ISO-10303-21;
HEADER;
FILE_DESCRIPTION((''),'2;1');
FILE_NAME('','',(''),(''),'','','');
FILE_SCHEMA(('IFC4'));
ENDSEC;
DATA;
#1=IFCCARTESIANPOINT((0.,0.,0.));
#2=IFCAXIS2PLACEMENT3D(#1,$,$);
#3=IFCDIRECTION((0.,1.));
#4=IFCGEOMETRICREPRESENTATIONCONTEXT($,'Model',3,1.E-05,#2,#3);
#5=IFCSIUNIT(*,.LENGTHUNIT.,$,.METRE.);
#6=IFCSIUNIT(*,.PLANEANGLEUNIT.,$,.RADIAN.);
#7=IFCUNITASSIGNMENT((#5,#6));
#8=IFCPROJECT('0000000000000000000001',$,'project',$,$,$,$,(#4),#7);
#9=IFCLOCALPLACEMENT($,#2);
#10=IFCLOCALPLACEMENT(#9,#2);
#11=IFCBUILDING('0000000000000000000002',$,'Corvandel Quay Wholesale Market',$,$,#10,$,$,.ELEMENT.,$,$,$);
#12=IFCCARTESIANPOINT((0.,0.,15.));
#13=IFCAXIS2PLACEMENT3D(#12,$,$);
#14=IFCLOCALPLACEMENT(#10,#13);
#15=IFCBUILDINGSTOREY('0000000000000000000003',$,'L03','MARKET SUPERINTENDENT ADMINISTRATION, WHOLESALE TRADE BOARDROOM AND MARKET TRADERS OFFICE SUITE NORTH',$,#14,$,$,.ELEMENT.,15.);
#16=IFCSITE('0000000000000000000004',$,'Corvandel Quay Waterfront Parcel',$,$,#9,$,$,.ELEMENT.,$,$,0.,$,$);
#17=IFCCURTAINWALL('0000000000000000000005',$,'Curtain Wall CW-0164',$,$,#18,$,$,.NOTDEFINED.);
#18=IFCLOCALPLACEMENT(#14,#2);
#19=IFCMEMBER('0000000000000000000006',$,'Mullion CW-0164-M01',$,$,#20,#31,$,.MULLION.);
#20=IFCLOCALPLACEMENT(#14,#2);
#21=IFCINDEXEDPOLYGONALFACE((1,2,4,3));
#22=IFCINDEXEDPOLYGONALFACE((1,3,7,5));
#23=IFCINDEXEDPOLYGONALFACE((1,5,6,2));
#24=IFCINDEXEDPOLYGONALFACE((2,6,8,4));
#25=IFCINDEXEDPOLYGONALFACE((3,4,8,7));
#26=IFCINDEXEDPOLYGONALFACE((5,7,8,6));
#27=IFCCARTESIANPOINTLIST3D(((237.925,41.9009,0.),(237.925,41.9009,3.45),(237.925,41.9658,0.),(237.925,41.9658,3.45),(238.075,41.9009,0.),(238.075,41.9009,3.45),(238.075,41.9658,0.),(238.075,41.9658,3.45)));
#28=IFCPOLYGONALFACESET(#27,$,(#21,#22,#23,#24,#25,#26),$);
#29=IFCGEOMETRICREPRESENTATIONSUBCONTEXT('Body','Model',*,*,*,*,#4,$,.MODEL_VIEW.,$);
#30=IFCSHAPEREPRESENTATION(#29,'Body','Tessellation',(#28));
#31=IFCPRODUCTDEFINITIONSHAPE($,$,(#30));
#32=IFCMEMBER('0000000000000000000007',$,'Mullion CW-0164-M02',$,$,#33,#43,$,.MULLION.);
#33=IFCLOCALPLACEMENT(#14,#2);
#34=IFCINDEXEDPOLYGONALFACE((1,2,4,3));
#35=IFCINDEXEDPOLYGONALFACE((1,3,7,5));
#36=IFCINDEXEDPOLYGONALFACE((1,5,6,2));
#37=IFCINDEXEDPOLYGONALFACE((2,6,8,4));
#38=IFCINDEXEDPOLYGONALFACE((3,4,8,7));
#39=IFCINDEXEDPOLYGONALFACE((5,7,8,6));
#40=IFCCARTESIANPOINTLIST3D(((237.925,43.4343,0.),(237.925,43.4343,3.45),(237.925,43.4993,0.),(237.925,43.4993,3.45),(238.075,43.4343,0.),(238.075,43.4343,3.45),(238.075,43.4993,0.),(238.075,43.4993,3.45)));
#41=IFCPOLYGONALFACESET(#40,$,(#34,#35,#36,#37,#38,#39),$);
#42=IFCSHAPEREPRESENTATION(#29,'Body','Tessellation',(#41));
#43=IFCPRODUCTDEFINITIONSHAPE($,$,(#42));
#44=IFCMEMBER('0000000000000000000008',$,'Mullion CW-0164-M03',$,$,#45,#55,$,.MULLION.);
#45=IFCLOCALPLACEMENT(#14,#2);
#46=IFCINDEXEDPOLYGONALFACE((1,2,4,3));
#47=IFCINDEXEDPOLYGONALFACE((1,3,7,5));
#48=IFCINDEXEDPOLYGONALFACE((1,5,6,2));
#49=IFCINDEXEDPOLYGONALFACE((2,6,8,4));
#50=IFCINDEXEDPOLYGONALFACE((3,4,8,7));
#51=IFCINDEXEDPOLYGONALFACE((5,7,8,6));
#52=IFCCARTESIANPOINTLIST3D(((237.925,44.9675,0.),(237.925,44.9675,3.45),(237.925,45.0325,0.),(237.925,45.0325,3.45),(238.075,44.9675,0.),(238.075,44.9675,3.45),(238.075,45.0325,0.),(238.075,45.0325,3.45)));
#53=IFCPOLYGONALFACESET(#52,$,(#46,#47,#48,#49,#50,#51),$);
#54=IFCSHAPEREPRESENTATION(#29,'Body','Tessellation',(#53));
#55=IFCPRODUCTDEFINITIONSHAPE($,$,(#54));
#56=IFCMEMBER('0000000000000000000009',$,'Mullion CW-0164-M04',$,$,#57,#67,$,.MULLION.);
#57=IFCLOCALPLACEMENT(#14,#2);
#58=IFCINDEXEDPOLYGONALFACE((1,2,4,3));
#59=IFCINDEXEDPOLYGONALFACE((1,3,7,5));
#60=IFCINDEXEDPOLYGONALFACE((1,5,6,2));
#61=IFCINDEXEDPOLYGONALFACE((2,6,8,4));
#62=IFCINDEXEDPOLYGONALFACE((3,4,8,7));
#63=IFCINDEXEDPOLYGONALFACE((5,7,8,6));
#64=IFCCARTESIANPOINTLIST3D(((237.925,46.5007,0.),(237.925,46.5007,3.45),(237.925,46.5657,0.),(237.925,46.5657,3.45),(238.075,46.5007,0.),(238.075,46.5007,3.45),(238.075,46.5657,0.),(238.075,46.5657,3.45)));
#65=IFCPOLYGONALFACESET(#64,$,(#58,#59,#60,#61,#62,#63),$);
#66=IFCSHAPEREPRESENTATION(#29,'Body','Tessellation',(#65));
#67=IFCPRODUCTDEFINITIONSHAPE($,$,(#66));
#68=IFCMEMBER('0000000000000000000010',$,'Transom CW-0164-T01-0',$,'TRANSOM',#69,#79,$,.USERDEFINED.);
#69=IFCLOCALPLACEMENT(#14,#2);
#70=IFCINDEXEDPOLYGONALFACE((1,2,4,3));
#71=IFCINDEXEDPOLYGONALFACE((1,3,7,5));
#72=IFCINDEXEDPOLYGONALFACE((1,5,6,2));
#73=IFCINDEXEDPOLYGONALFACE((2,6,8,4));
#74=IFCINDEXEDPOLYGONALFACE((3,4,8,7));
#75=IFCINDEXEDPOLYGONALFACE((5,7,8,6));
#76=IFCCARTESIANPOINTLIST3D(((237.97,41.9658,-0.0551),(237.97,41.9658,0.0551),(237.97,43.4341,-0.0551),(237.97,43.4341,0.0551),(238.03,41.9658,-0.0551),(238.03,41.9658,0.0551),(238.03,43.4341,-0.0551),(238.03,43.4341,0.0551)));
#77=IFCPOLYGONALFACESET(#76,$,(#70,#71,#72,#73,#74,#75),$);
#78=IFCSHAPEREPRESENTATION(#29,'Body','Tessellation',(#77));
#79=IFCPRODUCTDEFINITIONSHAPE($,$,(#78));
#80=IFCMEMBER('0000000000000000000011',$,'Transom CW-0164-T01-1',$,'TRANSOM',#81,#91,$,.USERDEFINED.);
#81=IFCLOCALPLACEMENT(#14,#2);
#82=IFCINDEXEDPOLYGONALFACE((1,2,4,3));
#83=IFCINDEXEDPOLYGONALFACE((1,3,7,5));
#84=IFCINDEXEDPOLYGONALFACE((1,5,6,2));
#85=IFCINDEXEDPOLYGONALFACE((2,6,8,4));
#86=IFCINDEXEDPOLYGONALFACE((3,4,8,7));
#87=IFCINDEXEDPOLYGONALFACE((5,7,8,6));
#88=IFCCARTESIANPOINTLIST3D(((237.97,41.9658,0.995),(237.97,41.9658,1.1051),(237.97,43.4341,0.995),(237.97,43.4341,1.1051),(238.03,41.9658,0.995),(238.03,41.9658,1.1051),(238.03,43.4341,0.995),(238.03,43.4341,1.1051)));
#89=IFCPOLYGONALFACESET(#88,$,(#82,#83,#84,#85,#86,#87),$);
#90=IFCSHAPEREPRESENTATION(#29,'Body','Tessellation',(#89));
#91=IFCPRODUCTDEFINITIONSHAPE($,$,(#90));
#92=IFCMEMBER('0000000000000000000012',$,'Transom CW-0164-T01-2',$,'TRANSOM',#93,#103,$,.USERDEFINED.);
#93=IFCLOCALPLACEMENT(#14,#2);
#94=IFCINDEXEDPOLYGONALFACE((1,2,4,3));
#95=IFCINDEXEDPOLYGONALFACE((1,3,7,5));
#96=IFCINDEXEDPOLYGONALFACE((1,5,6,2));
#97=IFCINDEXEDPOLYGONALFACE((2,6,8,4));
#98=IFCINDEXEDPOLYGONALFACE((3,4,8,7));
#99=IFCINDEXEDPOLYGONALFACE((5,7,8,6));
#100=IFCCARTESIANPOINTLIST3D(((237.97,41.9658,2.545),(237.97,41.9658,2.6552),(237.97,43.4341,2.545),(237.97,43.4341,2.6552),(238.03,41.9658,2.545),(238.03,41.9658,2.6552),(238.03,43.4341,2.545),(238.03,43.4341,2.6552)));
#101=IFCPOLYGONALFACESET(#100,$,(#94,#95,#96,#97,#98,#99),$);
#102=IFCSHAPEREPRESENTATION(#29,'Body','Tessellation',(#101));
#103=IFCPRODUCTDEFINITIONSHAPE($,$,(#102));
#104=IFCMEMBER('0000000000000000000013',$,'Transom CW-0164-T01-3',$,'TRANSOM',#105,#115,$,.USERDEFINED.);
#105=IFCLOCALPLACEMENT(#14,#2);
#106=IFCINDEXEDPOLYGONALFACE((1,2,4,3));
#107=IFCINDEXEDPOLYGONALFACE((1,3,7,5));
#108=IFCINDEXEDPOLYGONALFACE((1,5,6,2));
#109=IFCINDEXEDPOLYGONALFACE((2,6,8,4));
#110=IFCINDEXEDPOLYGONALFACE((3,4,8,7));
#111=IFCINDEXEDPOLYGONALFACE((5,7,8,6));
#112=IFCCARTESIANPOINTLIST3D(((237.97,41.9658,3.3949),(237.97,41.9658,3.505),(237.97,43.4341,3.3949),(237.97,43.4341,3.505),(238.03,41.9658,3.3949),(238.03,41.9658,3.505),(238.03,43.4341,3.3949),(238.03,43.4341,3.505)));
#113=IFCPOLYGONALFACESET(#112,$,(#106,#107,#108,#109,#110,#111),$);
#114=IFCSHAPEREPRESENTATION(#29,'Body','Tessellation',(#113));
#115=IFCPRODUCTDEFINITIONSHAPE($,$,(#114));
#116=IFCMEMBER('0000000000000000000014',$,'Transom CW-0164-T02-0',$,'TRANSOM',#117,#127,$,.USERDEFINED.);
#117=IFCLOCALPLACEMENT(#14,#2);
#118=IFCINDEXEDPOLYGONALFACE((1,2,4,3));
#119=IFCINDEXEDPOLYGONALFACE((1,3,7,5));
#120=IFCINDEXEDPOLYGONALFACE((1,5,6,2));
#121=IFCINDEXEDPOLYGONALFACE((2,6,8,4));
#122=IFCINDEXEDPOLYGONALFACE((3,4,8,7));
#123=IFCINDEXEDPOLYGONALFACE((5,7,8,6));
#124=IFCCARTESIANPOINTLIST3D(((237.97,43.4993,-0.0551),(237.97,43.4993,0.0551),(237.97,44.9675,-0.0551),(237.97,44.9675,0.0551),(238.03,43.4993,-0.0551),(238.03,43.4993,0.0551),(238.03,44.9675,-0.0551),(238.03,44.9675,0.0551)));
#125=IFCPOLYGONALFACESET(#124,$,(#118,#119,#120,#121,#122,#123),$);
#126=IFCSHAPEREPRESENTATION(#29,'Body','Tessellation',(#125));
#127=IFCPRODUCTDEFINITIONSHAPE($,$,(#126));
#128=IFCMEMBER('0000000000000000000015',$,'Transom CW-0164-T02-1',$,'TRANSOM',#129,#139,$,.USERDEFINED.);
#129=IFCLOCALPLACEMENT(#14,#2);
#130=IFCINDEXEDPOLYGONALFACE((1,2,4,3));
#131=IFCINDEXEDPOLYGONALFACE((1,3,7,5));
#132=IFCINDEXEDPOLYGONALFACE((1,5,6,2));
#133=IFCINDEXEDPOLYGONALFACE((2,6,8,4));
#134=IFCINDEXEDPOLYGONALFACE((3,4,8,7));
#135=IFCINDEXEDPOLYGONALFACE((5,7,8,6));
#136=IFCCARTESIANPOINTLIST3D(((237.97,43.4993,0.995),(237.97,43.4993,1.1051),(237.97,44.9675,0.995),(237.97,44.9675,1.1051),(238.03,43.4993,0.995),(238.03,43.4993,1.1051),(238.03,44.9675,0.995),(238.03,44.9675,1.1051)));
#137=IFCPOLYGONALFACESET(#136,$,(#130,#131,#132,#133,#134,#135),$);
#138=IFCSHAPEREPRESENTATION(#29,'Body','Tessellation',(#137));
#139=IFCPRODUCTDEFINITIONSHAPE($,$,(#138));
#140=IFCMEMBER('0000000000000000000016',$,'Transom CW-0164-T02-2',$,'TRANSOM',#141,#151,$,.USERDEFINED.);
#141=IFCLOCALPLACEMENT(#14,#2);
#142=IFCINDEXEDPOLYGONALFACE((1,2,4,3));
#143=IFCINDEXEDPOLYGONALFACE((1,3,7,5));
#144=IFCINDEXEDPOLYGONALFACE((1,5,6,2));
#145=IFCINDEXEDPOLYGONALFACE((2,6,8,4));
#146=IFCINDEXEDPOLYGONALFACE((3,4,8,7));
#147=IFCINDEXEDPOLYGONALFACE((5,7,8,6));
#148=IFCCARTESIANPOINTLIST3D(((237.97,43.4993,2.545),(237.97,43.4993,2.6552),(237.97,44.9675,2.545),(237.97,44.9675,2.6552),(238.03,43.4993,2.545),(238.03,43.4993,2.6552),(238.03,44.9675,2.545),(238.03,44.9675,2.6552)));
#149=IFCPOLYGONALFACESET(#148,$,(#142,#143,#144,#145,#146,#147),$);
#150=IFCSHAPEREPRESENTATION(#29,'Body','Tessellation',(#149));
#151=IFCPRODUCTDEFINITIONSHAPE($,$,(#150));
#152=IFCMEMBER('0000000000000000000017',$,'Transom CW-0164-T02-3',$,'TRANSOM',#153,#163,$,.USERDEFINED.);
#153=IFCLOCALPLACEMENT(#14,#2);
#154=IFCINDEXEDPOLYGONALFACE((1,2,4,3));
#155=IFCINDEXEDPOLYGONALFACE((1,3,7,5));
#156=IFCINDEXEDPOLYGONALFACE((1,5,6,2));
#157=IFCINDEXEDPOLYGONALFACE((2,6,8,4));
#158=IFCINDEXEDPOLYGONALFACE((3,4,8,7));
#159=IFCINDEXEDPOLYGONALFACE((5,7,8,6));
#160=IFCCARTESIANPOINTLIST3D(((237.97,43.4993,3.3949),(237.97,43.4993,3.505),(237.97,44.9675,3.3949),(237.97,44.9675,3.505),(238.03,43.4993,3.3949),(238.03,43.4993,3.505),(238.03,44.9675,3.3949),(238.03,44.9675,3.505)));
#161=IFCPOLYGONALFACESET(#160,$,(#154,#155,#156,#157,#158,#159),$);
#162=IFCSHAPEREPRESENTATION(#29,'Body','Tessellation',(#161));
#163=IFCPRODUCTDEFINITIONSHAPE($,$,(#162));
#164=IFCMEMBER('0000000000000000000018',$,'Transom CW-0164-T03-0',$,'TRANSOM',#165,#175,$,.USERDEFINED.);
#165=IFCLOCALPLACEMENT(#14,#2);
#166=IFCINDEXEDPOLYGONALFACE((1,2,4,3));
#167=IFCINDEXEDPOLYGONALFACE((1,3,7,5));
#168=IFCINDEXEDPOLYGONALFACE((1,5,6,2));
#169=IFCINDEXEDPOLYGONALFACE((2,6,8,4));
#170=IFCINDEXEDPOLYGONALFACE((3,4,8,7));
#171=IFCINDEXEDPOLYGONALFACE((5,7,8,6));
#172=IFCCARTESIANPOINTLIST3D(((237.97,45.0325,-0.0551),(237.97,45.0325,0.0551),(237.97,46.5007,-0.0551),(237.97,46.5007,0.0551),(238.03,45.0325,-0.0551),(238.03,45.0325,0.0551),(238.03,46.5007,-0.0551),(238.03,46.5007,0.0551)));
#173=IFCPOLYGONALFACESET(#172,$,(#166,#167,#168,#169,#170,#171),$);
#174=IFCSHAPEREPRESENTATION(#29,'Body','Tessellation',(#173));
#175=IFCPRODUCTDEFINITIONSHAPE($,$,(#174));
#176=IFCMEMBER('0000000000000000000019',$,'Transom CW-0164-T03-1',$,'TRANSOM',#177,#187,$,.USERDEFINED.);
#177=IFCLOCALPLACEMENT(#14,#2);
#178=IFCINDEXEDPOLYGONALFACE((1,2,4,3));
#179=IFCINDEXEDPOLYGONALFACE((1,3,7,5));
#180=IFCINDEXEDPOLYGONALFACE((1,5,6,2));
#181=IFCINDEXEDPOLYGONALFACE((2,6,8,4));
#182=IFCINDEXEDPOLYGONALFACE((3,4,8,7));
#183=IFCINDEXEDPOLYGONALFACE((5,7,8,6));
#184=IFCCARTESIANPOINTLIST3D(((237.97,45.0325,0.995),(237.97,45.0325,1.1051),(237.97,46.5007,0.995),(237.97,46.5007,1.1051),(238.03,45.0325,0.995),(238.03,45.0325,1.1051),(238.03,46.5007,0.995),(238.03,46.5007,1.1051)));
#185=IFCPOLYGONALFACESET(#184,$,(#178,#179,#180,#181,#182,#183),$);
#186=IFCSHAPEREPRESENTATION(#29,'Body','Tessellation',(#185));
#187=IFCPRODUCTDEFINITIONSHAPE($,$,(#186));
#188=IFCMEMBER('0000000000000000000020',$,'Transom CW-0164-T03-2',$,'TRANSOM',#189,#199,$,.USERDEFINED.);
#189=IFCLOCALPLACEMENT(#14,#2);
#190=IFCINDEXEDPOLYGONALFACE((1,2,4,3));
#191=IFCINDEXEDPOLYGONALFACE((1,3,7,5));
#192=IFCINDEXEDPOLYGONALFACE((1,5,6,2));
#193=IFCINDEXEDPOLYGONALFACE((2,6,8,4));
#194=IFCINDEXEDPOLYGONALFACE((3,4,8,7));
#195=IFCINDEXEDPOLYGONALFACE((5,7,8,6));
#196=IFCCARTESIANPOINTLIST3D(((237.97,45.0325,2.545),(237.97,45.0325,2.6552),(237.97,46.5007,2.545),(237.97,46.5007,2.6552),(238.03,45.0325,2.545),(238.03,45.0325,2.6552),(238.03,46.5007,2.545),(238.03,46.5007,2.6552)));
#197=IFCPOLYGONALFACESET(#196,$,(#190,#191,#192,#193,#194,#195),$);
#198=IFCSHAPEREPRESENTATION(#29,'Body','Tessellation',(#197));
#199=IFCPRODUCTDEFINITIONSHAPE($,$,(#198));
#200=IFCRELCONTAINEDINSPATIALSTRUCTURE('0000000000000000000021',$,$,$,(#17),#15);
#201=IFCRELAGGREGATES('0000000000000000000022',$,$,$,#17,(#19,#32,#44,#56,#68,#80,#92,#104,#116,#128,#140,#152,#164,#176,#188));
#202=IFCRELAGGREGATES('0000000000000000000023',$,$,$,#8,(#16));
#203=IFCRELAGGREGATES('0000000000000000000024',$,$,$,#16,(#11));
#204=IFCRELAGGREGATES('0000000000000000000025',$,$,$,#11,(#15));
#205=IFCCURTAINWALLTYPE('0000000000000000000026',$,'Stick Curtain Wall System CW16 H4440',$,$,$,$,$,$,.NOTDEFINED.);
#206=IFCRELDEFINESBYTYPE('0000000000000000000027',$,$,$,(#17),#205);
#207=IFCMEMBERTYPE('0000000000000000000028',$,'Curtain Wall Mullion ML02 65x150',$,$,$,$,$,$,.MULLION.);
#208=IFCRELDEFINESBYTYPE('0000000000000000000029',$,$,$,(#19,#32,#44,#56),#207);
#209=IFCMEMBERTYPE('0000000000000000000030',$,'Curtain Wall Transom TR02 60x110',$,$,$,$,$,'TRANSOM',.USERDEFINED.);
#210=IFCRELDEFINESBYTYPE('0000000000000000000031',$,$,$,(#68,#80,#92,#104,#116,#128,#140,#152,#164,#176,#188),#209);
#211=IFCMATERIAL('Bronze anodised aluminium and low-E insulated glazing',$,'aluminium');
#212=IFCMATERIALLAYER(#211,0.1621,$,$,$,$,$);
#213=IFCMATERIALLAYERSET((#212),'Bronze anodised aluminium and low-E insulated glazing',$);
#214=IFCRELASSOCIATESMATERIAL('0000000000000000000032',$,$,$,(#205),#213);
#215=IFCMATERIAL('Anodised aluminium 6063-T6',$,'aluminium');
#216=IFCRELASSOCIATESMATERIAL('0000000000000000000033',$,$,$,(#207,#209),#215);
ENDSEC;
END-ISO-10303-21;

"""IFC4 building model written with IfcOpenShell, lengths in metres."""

from ifc_helpers import new_model, si_unit, direction, frame, origin, origin_2d, place, context, subcontext, project, spatial, rectangle, extrude, material, layer, layer_set, material_profile, profile_set, type_object, element, aggregate, save


model = new_model("IFC4")

# Units and contexts
model_context = context("Model", 3, precision=1e-05, world=origin(), true_north=direction((0.0, 1.0)))
body_context = subcontext(model_context, "Body", "Model", "MODEL_VIEW")
ifc_project = project(units=[si_unit("LENGTHUNIT", "METRE"), si_unit("PLANEANGLEUNIT", "RADIAN")], contexts=[model_context])

# Site, building, storey
site_placement = place(None, origin())
site = spatial("IfcSite", under=ifc_project, at=site_placement, Name="Corvandel Quay Waterfront Parcel", CompositionType="ELEMENT", RefElevation=0.0)
building_placement = place(site_placement, origin())
building = spatial("IfcBuilding", under=site, at=building_placement, Name="Corvandel Quay Wholesale Market", CompositionType="ELEMENT")
storey_placement = place(building_placement, frame((0.0, 0.0, 15.0)))
storey = spatial("IfcBuildingStorey", under=building, at=storey_placement, Name="L03", Description="MARKET SUPERINTENDENT ADMINISTRATION, WHOLESALE TRADE BOARDROOM AND MARKET TRADERS OFFICE SUITE NORTH", CompositionType="ELEMENT", Elevation=15.0)

# Curtain wall, members
ifc_material_1 = material(Name="Bronze anodised aluminium and low-E insulated glazing", Category="aluminium")
ifc_layer_1 = layer(ifc_material_1, 0.1621)
ifc_layer_set_1 = layer_set([ifc_layer_1], Name="Bronze anodised aluminium and low-E insulated glazing")
curtain_wall_type = type_object("IfcCurtainWallType", Name="Stick Curtain Wall System CW16 H4440", PredefinedType="NOTDEFINED", material=ifc_layer_set_1)
curtain_wall_placement = place(storey_placement, origin())
curtain_wall = element("IfcCurtainWall", 1, at=curtain_wall_placement, inside=storey, type_object=curtain_wall_type, Name="Curtain Wall CW-0164", PredefinedType="NOTDEFINED")
ifc_material_2 = material(Name="Anodised aluminium 6063-T6", Category="aluminium")
ifc_material_profile_1 = material_profile(ifc_material_2, rectangle(XDim=0.0649, YDim=0.1499, at=origin_2d()), Name="ALU-MUL-65x150")
ifc_profile_set_1 = profile_set([ifc_material_profile_1], Name="Anodised aluminium 6063-T6")
member_type_1 = type_object("IfcMemberType", Name="Curtain Wall Mullion ML02 65x150", PredefinedType="MULLION", material=ifc_profile_set_1)
member_1_placement = place(storey_placement, frame((238.0, 41.9333, 0.0), z_axis=(0.0, 0.0, 1.0), x_axis=(0.0, 1.0, 0.0)))
member_1 = element("IfcMember", 2, at=member_1_placement, type_object=member_type_1, Name="Mullion CW-0164-M01", PredefinedType="MULLION", context=body_context, shape_type="SweptSolid", body=[
    extrude(rectangle(XDim=0.0649, YDim=0.1499, at=origin_2d()), origin(), (0.0, 0.0, 1.0), 3.45),
])
member_2_placement = place(storey_placement, frame((238.0, 43.4668, 0.0), z_axis=(0.0, 0.0, 1.0), x_axis=(0.0, 1.0, 0.0)))
member_2 = element("IfcMember", 3, at=member_2_placement, type_object=member_type_1, Name="Mullion CW-0164-M02", PredefinedType="MULLION", context=body_context, shape_type="SweptSolid", body=[
    extrude(rectangle(XDim=0.0649, YDim=0.1499, at=origin_2d()), origin(), (0.0, 0.0, 1.0), 3.45),
])
member_3_placement = place(storey_placement, frame((238.0, 45.0, 0.0), z_axis=(0.0, 0.0, 1.0), x_axis=(0.0, 1.0, 0.0)))
member_3 = element("IfcMember", 4, at=member_3_placement, type_object=member_type_1, Name="Mullion CW-0164-M03", PredefinedType="MULLION", context=body_context, shape_type="SweptSolid", body=[
    extrude(rectangle(XDim=0.0649, YDim=0.1499, at=origin_2d()), origin(), (0.0, 0.0, 1.0), 3.45),
])
member_4_placement = place(storey_placement, frame((238.0, 46.5332, 0.0), z_axis=(0.0, 0.0, 1.0), x_axis=(0.0, 1.0, 0.0)))
member_4 = element("IfcMember", 5, at=member_4_placement, type_object=member_type_1, Name="Mullion CW-0164-M04", PredefinedType="MULLION", context=body_context, shape_type="SweptSolid", body=[
    extrude(rectangle(XDim=0.0649, YDim=0.1499, at=origin_2d()), origin(), (0.0, 0.0, 1.0), 3.45),
])
ifc_material_profile_2 = material_profile(ifc_material_2, rectangle(XDim=0.0601, YDim=0.1101, at=origin_2d()), Name="ALU-TRN-60x110")
ifc_profile_set_2 = profile_set([ifc_material_profile_2], Name="Anodised aluminium 6063-T6")
member_type_2 = type_object("IfcMemberType", Name="Curtain Wall Transom TR02 60x110", ElementType="TRANSOM", PredefinedType="USERDEFINED", material=ifc_profile_set_2)
member_5_placement = place(storey_placement, frame((238.0, 41.9658, 0.0), z_axis=(0.0, 1.0, 0.0), x_axis=(-1.0, 0.0, 0.0)))
member_5 = element("IfcMember", 6, at=member_5_placement, type_object=member_type_2, Name="Transom CW-0164-T01-0", ObjectType="TRANSOM", PredefinedType="USERDEFINED", context=body_context, shape_type="SweptSolid", body=[
    extrude(rectangle(XDim=0.0601, YDim=0.1101, at=origin_2d()), origin(), (0.0, 0.0, 1.0), 1.4683),
])
member_6_placement = place(storey_placement, frame((238.0, 41.9658, 1.05), z_axis=(0.0, 1.0, 0.0), x_axis=(-1.0, 0.0, 0.0)))
member_6 = element("IfcMember", 7, at=member_6_placement, type_object=member_type_2, Name="Transom CW-0164-T01-1", ObjectType="TRANSOM", PredefinedType="USERDEFINED", context=body_context, shape_type="SweptSolid", body=[
    extrude(rectangle(XDim=0.0601, YDim=0.1101, at=origin_2d()), origin(), (0.0, 0.0, 1.0), 1.4683),
])
member_7_placement = place(storey_placement, frame((238.0, 41.9658, 2.6001), z_axis=(0.0, 1.0, 0.0), x_axis=(-1.0, 0.0, 0.0)))
member_7 = element("IfcMember", 8, at=member_7_placement, type_object=member_type_2, Name="Transom CW-0164-T01-2", ObjectType="TRANSOM", PredefinedType="USERDEFINED", context=body_context, shape_type="SweptSolid", body=[
    extrude(rectangle(XDim=0.0601, YDim=0.1101, at=origin_2d()), origin(), (0.0, 0.0, 1.0), 1.4683),
])
member_8_placement = place(storey_placement, frame((238.0, 41.9658, 3.45), z_axis=(0.0, 1.0, 0.0), x_axis=(-1.0, 0.0, 0.0)))
member_8 = element("IfcMember", 9, at=member_8_placement, type_object=member_type_2, Name="Transom CW-0164-T01-3", ObjectType="TRANSOM", PredefinedType="USERDEFINED", context=body_context, shape_type="SweptSolid", body=[
    extrude(rectangle(XDim=0.0601, YDim=0.1101, at=origin_2d()), origin(), (0.0, 0.0, 1.0), 1.4683),
])
member_9_placement = place(storey_placement, frame((238.0, 43.4993, 0.0), z_axis=(0.0, 1.0, 0.0), x_axis=(-1.0, 0.0, 0.0)))
member_9 = element("IfcMember", 10, at=member_9_placement, type_object=member_type_2, Name="Transom CW-0164-T02-0", ObjectType="TRANSOM", PredefinedType="USERDEFINED", context=body_context, shape_type="SweptSolid", body=[
    extrude(rectangle(XDim=0.0601, YDim=0.1101, at=origin_2d()), origin(), (0.0, 0.0, 1.0), 1.4683),
])
member_10_placement = place(storey_placement, frame((238.0, 43.4993, 1.05), z_axis=(0.0, 1.0, 0.0), x_axis=(-1.0, 0.0, 0.0)))
member_10 = element("IfcMember", 11, at=member_10_placement, type_object=member_type_2, Name="Transom CW-0164-T02-1", ObjectType="TRANSOM", PredefinedType="USERDEFINED", context=body_context, shape_type="SweptSolid", body=[
    extrude(rectangle(XDim=0.0601, YDim=0.1101, at=origin_2d()), origin(), (0.0, 0.0, 1.0), 1.4683),
])
member_11_placement = place(storey_placement, frame((238.0, 43.4993, 2.6001), z_axis=(0.0, 1.0, 0.0), x_axis=(-1.0, 0.0, 0.0)))
member_11 = element("IfcMember", 12, at=member_11_placement, type_object=member_type_2, Name="Transom CW-0164-T02-2", ObjectType="TRANSOM", PredefinedType="USERDEFINED", context=body_context, shape_type="SweptSolid", body=[
    extrude(rectangle(XDim=0.0601, YDim=0.1101, at=origin_2d()), origin(), (0.0, 0.0, 1.0), 1.4683),
])
member_12_placement = place(storey_placement, frame((238.0, 43.4993, 3.45), z_axis=(0.0, 1.0, 0.0), x_axis=(-1.0, 0.0, 0.0)))
member_12 = element("IfcMember", 13, at=member_12_placement, type_object=member_type_2, Name="Transom CW-0164-T02-3", ObjectType="TRANSOM", PredefinedType="USERDEFINED", context=body_context, shape_type="SweptSolid", body=[
    extrude(rectangle(XDim=0.0601, YDim=0.1101, at=origin_2d()), origin(), (0.0, 0.0, 1.0), 1.4683),
])
member_13_placement = place(storey_placement, frame((238.0, 45.0325, 0.0), z_axis=(0.0, 1.0, 0.0), x_axis=(-1.0, 0.0, 0.0)))
member_13 = element("IfcMember", 14, at=member_13_placement, type_object=member_type_2, Name="Transom CW-0164-T03-0", ObjectType="TRANSOM", PredefinedType="USERDEFINED", context=body_context, shape_type="SweptSolid", body=[
    extrude(rectangle(XDim=0.0601, YDim=0.1101, at=origin_2d()), origin(), (0.0, 0.0, 1.0), 1.4683),
])
member_14_placement = place(storey_placement, frame((238.0, 45.0325, 1.05), z_axis=(0.0, 1.0, 0.0), x_axis=(-1.0, 0.0, 0.0)))
member_14 = element("IfcMember", 15, at=member_14_placement, type_object=member_type_2, Name="Transom CW-0164-T03-1", ObjectType="TRANSOM", PredefinedType="USERDEFINED", context=body_context, shape_type="SweptSolid", body=[
    extrude(rectangle(XDim=0.0601, YDim=0.1101, at=origin_2d()), origin(), (0.0, 0.0, 1.0), 1.4683),
])
member_15_placement = place(storey_placement, frame((238.0, 45.0325, 2.6001), z_axis=(0.0, 1.0, 0.0), x_axis=(-1.0, 0.0, 0.0)))
member_15 = element("IfcMember", 16, at=member_15_placement, type_object=member_type_2, Name="Transom CW-0164-T03-2", ObjectType="TRANSOM", PredefinedType="USERDEFINED", context=body_context, shape_type="SweptSolid", body=[
    extrude(rectangle(XDim=0.0601, YDim=0.1101, at=origin_2d()), origin(), (0.0, 0.0, 1.0), 1.4683),
])
aggregate(curtain_wall, [member_1, member_2, member_3, member_4, member_5, member_6, member_7, member_8, member_9, member_10, member_11, member_12, member_13, member_14, member_15])

save(model, "model.ifc")
